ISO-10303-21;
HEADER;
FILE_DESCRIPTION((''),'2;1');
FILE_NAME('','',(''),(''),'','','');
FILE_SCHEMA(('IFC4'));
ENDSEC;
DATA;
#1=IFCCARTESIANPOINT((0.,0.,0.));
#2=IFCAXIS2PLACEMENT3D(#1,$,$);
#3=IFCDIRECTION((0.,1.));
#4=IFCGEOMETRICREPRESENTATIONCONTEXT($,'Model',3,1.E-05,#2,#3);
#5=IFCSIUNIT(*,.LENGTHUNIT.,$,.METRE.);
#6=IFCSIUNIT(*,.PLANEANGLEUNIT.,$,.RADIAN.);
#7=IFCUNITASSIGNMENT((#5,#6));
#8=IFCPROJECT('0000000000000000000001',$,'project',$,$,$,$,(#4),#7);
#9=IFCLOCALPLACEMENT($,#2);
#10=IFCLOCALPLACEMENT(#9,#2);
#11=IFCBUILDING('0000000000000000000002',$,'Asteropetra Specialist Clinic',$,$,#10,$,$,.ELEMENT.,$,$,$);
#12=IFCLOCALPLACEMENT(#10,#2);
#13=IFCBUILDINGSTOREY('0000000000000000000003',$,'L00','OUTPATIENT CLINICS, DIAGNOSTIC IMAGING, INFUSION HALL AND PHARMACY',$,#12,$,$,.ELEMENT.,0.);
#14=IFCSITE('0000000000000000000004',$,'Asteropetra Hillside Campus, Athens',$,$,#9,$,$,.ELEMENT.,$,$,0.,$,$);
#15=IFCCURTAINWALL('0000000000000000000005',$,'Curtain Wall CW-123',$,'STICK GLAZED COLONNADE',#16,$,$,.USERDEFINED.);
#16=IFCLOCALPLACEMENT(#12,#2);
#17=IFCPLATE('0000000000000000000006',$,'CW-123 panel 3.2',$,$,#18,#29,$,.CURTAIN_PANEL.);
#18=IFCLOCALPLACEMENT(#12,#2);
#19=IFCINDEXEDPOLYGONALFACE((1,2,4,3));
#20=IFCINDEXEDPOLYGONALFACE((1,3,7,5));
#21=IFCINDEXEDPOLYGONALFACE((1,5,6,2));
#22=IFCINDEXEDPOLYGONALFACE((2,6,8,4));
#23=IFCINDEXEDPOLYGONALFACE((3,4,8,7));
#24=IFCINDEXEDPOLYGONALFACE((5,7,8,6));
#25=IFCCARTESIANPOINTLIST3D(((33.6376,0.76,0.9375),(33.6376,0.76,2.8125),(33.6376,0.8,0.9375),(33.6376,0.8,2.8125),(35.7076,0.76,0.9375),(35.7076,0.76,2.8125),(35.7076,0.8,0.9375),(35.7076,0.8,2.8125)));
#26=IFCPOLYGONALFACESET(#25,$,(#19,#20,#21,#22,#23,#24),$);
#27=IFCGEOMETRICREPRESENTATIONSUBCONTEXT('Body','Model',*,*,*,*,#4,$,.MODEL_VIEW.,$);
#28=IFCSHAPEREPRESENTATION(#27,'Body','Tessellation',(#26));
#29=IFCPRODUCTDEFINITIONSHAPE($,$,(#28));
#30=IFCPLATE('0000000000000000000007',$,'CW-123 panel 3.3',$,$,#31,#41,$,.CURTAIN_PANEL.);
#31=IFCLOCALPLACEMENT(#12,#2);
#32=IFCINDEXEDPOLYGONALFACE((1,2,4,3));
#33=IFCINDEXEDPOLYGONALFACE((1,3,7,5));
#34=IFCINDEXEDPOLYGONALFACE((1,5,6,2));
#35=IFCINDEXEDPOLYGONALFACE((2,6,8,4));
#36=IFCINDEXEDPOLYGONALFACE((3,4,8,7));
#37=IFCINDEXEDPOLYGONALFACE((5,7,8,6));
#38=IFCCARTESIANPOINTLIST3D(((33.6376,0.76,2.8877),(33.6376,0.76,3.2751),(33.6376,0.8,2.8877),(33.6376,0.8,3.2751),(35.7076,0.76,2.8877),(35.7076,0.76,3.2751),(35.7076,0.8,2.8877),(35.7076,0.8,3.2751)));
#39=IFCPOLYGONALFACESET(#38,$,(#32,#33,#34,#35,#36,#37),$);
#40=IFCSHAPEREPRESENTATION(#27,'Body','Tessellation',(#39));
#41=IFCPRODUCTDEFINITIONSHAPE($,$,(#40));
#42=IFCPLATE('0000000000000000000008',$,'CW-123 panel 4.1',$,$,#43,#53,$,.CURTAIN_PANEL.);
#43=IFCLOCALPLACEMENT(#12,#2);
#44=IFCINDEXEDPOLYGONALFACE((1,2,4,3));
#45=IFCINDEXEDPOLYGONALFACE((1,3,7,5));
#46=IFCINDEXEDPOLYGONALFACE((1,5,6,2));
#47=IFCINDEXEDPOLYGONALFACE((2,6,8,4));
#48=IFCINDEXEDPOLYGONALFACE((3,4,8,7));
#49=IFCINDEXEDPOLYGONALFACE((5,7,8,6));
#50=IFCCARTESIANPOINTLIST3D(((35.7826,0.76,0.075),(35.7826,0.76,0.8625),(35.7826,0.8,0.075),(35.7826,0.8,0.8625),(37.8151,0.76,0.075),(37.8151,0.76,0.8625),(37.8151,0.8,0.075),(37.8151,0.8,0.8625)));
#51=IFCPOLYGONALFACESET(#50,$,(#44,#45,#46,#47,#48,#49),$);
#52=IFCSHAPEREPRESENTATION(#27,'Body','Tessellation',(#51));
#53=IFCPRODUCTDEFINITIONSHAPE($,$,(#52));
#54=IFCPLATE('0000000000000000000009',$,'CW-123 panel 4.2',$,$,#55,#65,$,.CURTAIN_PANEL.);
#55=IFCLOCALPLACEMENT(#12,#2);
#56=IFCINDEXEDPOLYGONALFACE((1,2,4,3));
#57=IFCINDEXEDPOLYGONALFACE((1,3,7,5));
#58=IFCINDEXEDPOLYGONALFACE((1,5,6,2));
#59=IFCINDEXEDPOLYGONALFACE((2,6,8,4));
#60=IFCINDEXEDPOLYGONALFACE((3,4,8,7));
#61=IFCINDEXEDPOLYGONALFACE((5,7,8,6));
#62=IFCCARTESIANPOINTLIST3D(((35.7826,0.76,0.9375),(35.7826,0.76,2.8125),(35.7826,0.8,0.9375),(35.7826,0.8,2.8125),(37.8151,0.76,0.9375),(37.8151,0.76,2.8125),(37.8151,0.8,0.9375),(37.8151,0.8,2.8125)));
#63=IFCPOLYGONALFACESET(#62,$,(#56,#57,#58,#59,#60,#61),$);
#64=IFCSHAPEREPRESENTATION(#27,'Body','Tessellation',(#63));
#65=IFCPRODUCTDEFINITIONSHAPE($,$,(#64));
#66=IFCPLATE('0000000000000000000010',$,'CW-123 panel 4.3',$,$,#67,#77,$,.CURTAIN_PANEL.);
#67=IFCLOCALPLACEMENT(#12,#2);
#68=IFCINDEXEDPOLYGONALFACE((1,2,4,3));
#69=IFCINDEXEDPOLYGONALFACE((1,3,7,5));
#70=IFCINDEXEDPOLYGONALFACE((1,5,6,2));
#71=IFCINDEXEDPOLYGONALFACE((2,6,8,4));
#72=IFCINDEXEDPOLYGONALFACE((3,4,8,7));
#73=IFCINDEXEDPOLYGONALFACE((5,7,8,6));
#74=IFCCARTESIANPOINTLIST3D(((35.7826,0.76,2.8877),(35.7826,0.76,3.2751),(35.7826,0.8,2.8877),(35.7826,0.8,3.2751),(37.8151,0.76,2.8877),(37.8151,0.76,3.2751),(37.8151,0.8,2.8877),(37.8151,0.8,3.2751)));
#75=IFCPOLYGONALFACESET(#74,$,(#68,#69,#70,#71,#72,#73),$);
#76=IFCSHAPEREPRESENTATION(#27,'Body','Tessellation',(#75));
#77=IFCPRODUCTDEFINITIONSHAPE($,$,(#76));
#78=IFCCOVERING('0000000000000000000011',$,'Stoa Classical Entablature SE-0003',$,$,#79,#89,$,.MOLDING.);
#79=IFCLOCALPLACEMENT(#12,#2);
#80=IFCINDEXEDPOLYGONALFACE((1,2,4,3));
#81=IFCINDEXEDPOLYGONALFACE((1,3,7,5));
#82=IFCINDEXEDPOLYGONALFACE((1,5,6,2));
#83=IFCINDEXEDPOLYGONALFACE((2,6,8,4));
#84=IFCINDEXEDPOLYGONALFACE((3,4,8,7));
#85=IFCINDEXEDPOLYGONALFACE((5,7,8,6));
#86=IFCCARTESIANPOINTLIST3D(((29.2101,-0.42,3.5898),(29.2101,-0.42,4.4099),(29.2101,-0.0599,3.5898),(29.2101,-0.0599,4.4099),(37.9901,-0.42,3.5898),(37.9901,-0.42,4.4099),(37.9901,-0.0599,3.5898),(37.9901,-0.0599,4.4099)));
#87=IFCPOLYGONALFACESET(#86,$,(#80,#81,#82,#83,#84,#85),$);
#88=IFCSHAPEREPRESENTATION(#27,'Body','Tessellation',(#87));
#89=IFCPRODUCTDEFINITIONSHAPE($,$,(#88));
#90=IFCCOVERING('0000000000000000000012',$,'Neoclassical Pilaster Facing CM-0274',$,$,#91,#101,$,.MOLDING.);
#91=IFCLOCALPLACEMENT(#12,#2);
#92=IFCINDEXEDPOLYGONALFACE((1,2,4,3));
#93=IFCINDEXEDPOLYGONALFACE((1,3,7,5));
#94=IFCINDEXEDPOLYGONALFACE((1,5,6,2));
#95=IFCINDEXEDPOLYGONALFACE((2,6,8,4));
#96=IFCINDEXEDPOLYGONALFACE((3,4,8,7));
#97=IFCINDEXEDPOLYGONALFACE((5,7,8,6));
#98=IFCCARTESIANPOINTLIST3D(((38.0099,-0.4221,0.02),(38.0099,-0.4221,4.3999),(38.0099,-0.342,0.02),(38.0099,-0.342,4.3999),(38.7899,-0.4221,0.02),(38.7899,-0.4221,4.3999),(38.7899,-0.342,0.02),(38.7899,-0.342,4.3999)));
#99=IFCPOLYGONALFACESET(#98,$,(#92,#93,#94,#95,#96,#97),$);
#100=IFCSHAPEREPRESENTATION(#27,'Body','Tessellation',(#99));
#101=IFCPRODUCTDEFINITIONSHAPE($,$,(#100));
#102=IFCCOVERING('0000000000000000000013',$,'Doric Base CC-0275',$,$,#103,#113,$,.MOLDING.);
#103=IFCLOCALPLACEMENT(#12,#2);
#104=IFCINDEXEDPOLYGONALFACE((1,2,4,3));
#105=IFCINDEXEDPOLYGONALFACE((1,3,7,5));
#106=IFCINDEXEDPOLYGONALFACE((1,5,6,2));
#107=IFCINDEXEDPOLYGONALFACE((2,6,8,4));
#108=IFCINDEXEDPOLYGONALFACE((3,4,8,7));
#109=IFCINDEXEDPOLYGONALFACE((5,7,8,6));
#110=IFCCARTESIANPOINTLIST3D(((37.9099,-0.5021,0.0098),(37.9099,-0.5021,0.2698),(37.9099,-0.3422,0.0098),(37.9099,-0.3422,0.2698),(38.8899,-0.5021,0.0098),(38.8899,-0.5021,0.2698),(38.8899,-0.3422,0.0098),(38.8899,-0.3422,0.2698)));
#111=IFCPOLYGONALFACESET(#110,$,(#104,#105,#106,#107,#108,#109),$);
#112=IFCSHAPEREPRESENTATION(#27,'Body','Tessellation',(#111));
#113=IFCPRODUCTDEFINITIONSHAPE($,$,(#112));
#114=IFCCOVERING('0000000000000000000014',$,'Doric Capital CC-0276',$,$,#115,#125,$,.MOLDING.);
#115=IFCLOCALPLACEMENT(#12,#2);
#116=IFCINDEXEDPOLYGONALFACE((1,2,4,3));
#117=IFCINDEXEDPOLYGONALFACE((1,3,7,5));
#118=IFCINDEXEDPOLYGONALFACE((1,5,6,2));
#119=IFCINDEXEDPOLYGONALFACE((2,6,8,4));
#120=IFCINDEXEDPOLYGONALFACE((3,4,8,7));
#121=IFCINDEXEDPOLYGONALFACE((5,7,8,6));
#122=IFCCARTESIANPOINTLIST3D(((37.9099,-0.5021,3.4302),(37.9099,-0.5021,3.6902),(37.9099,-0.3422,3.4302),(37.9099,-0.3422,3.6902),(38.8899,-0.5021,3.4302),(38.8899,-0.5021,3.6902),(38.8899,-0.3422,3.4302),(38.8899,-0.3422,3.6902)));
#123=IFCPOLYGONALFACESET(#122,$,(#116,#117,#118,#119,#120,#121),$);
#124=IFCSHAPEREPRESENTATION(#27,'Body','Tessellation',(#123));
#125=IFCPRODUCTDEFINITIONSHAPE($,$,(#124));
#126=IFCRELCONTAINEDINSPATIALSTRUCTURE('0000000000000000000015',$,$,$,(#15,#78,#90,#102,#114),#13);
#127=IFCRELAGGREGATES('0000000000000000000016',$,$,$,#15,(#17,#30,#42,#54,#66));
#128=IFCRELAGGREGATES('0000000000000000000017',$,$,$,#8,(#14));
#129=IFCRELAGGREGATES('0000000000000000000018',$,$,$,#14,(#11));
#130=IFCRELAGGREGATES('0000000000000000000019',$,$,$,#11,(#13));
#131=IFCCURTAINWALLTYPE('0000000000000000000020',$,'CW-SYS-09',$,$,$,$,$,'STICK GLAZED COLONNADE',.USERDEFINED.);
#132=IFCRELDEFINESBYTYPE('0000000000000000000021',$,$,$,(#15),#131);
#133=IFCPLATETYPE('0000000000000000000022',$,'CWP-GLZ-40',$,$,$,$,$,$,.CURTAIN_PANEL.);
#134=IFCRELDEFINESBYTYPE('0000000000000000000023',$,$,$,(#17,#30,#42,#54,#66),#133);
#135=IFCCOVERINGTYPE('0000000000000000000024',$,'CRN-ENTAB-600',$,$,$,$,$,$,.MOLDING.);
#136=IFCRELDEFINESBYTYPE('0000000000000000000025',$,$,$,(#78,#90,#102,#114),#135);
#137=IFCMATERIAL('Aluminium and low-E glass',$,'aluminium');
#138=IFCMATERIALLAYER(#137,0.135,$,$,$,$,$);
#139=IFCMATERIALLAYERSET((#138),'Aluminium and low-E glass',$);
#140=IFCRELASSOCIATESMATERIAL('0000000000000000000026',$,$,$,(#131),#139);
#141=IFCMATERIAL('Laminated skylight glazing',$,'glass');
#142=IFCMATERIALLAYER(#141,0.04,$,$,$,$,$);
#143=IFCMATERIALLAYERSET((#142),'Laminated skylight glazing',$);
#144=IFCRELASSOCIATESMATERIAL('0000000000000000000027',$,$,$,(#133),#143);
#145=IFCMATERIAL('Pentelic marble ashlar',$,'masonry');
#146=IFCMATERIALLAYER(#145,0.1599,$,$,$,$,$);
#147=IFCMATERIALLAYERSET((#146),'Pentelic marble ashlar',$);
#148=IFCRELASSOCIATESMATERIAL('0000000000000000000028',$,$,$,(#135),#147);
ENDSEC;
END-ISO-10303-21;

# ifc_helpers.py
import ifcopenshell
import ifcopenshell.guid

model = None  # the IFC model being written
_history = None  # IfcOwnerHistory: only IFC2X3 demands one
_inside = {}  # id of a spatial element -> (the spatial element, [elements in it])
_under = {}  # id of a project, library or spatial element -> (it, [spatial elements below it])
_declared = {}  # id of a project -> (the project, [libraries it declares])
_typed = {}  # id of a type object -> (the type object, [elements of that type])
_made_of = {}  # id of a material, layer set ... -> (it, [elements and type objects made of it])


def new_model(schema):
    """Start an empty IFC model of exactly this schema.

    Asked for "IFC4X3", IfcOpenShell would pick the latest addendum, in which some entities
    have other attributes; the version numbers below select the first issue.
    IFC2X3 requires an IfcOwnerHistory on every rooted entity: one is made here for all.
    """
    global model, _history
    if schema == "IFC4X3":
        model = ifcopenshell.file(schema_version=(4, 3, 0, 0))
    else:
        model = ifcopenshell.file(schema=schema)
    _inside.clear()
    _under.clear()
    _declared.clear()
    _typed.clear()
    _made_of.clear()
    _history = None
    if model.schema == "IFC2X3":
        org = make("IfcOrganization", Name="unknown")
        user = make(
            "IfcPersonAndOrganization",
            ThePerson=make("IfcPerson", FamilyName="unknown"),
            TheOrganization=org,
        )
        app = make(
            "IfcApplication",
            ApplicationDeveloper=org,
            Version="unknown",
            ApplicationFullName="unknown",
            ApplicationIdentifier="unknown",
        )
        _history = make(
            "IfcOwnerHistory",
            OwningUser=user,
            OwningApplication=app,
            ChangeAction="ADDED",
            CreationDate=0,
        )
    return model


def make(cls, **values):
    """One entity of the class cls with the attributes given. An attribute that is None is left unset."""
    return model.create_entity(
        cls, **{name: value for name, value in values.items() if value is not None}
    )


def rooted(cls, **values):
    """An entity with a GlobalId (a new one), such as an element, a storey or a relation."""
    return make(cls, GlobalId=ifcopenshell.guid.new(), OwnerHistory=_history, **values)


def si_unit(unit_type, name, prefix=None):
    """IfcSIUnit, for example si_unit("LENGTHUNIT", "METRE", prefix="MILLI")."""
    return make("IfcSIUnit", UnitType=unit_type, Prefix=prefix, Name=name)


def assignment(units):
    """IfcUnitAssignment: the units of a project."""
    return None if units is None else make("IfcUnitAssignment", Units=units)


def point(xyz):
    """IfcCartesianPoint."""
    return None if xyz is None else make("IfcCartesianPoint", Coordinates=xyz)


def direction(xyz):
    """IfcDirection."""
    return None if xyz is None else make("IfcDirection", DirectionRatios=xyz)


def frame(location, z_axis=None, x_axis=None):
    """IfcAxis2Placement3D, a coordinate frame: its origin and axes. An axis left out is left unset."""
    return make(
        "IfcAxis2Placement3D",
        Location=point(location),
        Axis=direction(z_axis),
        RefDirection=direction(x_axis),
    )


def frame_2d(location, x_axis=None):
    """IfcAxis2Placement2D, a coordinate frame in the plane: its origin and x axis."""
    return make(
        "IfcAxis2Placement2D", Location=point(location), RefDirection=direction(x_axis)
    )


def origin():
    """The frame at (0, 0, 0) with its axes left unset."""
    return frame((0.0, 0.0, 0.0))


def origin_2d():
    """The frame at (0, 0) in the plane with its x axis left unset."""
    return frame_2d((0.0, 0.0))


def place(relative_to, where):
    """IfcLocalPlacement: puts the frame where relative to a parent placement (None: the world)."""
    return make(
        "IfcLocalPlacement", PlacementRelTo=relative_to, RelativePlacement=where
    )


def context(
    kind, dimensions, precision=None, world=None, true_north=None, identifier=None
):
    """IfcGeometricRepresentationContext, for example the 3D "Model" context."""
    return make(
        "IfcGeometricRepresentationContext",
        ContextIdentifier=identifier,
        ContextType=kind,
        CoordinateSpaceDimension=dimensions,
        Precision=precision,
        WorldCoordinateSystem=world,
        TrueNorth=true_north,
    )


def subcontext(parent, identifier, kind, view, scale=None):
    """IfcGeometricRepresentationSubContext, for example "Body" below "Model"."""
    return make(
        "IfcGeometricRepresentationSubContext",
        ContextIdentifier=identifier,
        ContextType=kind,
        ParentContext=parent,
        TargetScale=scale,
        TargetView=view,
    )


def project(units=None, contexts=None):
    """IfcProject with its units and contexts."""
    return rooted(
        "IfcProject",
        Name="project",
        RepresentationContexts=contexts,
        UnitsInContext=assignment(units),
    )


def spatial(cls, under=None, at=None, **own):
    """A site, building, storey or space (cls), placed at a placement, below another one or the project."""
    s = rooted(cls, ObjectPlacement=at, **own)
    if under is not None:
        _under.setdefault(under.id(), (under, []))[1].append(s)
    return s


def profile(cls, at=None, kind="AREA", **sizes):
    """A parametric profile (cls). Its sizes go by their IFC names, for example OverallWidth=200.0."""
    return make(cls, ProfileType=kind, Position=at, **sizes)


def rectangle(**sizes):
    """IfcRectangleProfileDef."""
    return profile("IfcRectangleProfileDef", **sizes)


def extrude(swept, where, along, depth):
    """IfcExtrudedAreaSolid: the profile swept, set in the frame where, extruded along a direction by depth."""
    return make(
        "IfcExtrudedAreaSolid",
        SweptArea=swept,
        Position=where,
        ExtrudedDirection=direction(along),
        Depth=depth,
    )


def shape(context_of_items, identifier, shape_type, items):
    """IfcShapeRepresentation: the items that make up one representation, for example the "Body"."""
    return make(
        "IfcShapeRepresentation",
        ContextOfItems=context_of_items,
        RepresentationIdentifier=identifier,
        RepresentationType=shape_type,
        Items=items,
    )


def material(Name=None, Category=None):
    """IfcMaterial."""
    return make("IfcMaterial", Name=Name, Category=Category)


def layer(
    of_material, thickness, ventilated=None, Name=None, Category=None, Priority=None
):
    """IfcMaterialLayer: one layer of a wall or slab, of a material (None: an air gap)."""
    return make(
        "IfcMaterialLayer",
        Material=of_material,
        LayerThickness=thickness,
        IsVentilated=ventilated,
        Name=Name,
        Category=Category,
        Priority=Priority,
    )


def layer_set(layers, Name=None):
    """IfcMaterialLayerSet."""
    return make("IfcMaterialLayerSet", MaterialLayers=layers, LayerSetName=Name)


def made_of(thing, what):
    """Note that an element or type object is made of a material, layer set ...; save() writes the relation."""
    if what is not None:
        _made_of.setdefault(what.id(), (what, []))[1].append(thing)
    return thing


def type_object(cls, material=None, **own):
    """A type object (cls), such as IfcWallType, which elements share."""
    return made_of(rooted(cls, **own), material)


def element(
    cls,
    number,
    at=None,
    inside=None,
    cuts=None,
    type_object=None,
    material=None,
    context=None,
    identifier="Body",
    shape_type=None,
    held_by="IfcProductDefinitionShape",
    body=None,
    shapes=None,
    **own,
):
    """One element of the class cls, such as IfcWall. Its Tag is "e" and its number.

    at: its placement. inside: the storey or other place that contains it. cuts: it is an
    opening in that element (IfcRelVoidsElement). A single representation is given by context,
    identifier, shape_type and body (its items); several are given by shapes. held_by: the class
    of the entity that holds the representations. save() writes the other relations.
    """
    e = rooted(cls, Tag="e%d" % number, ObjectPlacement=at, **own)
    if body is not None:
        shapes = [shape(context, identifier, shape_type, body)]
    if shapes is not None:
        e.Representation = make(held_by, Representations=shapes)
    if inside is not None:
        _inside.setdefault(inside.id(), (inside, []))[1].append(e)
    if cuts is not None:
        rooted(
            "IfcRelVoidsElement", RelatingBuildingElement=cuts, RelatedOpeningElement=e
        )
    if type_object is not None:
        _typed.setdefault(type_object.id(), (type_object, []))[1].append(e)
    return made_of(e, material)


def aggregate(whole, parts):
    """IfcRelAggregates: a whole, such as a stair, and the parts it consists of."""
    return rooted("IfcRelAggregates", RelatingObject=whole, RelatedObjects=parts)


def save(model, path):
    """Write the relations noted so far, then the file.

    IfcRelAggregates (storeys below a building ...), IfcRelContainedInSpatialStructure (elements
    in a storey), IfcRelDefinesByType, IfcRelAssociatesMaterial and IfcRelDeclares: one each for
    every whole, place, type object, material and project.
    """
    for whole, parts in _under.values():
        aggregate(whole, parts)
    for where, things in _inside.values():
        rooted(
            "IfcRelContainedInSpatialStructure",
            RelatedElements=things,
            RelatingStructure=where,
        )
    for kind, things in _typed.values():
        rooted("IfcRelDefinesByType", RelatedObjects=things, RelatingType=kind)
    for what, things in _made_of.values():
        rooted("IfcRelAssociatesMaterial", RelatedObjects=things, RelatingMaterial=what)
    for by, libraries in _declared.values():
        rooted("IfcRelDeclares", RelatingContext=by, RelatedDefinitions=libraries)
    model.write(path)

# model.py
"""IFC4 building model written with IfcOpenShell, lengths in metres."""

from ifc_helpers import new_model, si_unit, direction, frame, origin, origin_2d, place, context, subcontext, project, spatial, rectangle, extrude, material, layer, layer_set, type_object, element, aggregate, save


model = new_model("IFC4")

# Units and contexts
model_context = context("Model", 3, precision=1e-05, world=origin(), true_north=direction((0.0, 1.0)))
body_context = subcontext(model_context, "Body", "Model", "MODEL_VIEW")
ifc_project = project(units=[si_unit("LENGTHUNIT", "METRE"), si_unit("PLANEANGLEUNIT", "RADIAN")], contexts=[model_context])

# Site, building, storey
site_placement = place(None, origin())
site = spatial("IfcSite", under=ifc_project, at=site_placement, Name="Asteropetra Hillside Campus, Athens", CompositionType="ELEMENT", RefElevation=0.0)
building_placement = place(site_placement, origin())
building = spatial("IfcBuilding", under=site, at=building_placement, Name="Asteropetra Specialist Clinic", CompositionType="ELEMENT")
storey_placement = place(building_placement, origin())
storey = spatial("IfcBuildingStorey", under=building, at=storey_placement, Name="L00", Description="OUTPATIENT CLINICS, DIAGNOSTIC IMAGING, INFUSION HALL AND PHARMACY", CompositionType="ELEMENT", Elevation=0.0)

# Curtain wall
ifc_material_1 = material(Name="Aluminium and low-E glass", Category="aluminium")
ifc_layer_1 = layer(ifc_material_1, 0.135)
ifc_layer_set_1 = layer_set([ifc_layer_1], Name="Aluminium and low-E glass")
curtain_wall_type_1 = type_object("IfcCurtainWallType", Name="CW-SYS-09", ElementType="STICK GLAZED COLONNADE", PredefinedType="USERDEFINED", material=ifc_layer_set_1)
curtain_wall_1_placement = place(storey_placement, origin())
curtain_wall_1 = element("IfcCurtainWall", 1, at=curtain_wall_1_placement, inside=storey, type_object=curtain_wall_type_1, Name="Curtain Wall CW-123", ObjectType="STICK GLAZED COLONNADE", PredefinedType="USERDEFINED")

# Plates
ifc_material_2 = material(Name="Laminated skylight glazing", Category="glass")
ifc_layer_2 = layer(ifc_material_2, 0.04)
ifc_layer_set_2 = layer_set([ifc_layer_2], Name="Laminated skylight glazing")
plate_type = type_object("IfcPlateType", Name="CWP-GLZ-40", PredefinedType="CURTAIN_PANEL", material=ifc_layer_set_2)
plate_1_placement = place(storey_placement, frame((34.6726, 0.78, 0.9375), z_axis=(0.0, 0.0, 1.0), x_axis=(1.0, 0.0, 0.0)))
plate_1 = element("IfcPlate", 2, at=plate_1_placement, type_object=plate_type, Name="CW-123 panel 3.2", PredefinedType="CURTAIN_PANEL", context=body_context, shape_type="SweptSolid", body=[
    extrude(rectangle(XDim=2.0701, YDim=0.04, at=origin_2d()), origin(), (0.0, 0.0, 1.0), 1.875),
])
plate_2_placement = place(storey_placement, frame((34.6726, 0.78, 2.8877), z_axis=(0.0, 0.0, 1.0), x_axis=(1.0, 0.0, 0.0)))
plate_2 = element("IfcPlate", 3, at=plate_2_placement, type_object=plate_type, Name="CW-123 panel 3.3", PredefinedType="CURTAIN_PANEL", context=body_context, shape_type="SweptSolid", body=[
    extrude(rectangle(XDim=2.0701, YDim=0.04, at=origin_2d()), origin(), (0.0, 0.0, 1.0), 0.3875),
])
plate_3_placement = place(storey_placement, frame((36.7988, 0.78, 0.075), z_axis=(0.0, 0.0, 1.0), x_axis=(1.0, 0.0, 0.0)))
plate_3 = element("IfcPlate", 4, at=plate_3_placement, type_object=plate_type, Name="CW-123 panel 4.1", PredefinedType="CURTAIN_PANEL", context=body_context, shape_type="SweptSolid", body=[
    extrude(rectangle(XDim=2.0325, YDim=0.04, at=origin_2d()), origin(), (0.0, 0.0, 1.0), 0.7876),
])
plate_4_placement = place(storey_placement, frame((36.7988, 0.78, 0.9375), z_axis=(0.0, 0.0, 1.0), x_axis=(1.0, 0.0, 0.0)))
plate_4 = element("IfcPlate", 5, at=plate_4_placement, type_object=plate_type, Name="CW-123 panel 4.2", PredefinedType="CURTAIN_PANEL", context=body_context, shape_type="SweptSolid", body=[
    extrude(rectangle(XDim=2.0325, YDim=0.04, at=origin_2d()), origin(), (0.0, 0.0, 1.0), 1.875),
])
plate_5_placement = place(storey_placement, frame((36.7988, 0.78, 2.8877), z_axis=(0.0, 0.0, 1.0), x_axis=(1.0, 0.0, 0.0)))
plate_5 = element("IfcPlate", 6, at=plate_5_placement, type_object=plate_type, Name="CW-123 panel 4.3", PredefinedType="CURTAIN_PANEL", context=body_context, shape_type="SweptSolid", body=[
    extrude(rectangle(XDim=2.0325, YDim=0.04, at=origin_2d()), origin(), (0.0, 0.0, 1.0), 0.3875),
])
aggregate(curtain_wall_1, [plate_1, plate_2, plate_3, plate_4, plate_5])

# Coverings
ifc_material_3 = material(Name="Pentelic marble ashlar", Category="masonry")
ifc_layer_3 = layer(ifc_material_3, 0.1599)
ifc_layer_set_3 = layer_set([ifc_layer_3], Name="Pentelic marble ashlar")
covering_type = type_object("IfcCoveringType", Name="CRN-ENTAB-600", PredefinedType="MOLDING", material=ifc_layer_set_3)
covering_1_placement = place(storey_placement, frame((33.6001, -0.24, 3.5898), z_axis=(0.0, 0.0, 1.0), x_axis=(1.0, 0.0, 0.0)))
element("IfcCovering", 7, at=covering_1_placement, inside=storey, type_object=covering_type, Name="Stoa Classical Entablature SE-0003", PredefinedType="MOLDING", context=body_context, shape_type="SweptSolid", body=[
    extrude(rectangle(XDim=8.78, YDim=0.3601, at=origin_2d()), origin(), (0.0, 0.0, 1.0), 0.8201),
])
covering_2_placement = place(storey_placement, frame((38.3999, -0.3821, 0.02), z_axis=(0.0, 0.0, 1.0), x_axis=(1.0, 0.0, 0.0)))
element("IfcCovering", 8, at=covering_2_placement, inside=storey, type_object=covering_type, Name="Neoclassical Pilaster Facing CM-0274", PredefinedType="MOLDING", context=body_context, shape_type="SweptSolid", body=[
    extrude(rectangle(XDim=0.78, YDim=0.0801, at=origin_2d()), origin(), (0.0, 0.0, 1.0), 4.3799),
])
for number, where, z_axis, x_axis, name in (
    (9, (38.3999, -0.4221, 0.0098), (0.0, 0.0, 1.0), (1.0, 0.0, 0.0), "Doric Base CC-0275"),
    (10, (38.3999, -0.4221, 3.4302), (0.0, 0.0, 1.0), (1.0, 0.0, 0.0), "Doric Capital CC-0276"),
):
    element("IfcCovering", number, at=place(storey_placement, frame(where, z_axis=z_axis, x_axis=x_axis)), inside=storey, type_object=covering_type, Name=name, PredefinedType="MOLDING", context=body_context, shape_type="SweptSolid", body=[
        extrude(rectangle(XDim=0.98, YDim=0.1599, at=origin_2d()), origin(), (0.0, 0.0, 1.0), 0.26),
    ])

save(model, "model.ifc")
